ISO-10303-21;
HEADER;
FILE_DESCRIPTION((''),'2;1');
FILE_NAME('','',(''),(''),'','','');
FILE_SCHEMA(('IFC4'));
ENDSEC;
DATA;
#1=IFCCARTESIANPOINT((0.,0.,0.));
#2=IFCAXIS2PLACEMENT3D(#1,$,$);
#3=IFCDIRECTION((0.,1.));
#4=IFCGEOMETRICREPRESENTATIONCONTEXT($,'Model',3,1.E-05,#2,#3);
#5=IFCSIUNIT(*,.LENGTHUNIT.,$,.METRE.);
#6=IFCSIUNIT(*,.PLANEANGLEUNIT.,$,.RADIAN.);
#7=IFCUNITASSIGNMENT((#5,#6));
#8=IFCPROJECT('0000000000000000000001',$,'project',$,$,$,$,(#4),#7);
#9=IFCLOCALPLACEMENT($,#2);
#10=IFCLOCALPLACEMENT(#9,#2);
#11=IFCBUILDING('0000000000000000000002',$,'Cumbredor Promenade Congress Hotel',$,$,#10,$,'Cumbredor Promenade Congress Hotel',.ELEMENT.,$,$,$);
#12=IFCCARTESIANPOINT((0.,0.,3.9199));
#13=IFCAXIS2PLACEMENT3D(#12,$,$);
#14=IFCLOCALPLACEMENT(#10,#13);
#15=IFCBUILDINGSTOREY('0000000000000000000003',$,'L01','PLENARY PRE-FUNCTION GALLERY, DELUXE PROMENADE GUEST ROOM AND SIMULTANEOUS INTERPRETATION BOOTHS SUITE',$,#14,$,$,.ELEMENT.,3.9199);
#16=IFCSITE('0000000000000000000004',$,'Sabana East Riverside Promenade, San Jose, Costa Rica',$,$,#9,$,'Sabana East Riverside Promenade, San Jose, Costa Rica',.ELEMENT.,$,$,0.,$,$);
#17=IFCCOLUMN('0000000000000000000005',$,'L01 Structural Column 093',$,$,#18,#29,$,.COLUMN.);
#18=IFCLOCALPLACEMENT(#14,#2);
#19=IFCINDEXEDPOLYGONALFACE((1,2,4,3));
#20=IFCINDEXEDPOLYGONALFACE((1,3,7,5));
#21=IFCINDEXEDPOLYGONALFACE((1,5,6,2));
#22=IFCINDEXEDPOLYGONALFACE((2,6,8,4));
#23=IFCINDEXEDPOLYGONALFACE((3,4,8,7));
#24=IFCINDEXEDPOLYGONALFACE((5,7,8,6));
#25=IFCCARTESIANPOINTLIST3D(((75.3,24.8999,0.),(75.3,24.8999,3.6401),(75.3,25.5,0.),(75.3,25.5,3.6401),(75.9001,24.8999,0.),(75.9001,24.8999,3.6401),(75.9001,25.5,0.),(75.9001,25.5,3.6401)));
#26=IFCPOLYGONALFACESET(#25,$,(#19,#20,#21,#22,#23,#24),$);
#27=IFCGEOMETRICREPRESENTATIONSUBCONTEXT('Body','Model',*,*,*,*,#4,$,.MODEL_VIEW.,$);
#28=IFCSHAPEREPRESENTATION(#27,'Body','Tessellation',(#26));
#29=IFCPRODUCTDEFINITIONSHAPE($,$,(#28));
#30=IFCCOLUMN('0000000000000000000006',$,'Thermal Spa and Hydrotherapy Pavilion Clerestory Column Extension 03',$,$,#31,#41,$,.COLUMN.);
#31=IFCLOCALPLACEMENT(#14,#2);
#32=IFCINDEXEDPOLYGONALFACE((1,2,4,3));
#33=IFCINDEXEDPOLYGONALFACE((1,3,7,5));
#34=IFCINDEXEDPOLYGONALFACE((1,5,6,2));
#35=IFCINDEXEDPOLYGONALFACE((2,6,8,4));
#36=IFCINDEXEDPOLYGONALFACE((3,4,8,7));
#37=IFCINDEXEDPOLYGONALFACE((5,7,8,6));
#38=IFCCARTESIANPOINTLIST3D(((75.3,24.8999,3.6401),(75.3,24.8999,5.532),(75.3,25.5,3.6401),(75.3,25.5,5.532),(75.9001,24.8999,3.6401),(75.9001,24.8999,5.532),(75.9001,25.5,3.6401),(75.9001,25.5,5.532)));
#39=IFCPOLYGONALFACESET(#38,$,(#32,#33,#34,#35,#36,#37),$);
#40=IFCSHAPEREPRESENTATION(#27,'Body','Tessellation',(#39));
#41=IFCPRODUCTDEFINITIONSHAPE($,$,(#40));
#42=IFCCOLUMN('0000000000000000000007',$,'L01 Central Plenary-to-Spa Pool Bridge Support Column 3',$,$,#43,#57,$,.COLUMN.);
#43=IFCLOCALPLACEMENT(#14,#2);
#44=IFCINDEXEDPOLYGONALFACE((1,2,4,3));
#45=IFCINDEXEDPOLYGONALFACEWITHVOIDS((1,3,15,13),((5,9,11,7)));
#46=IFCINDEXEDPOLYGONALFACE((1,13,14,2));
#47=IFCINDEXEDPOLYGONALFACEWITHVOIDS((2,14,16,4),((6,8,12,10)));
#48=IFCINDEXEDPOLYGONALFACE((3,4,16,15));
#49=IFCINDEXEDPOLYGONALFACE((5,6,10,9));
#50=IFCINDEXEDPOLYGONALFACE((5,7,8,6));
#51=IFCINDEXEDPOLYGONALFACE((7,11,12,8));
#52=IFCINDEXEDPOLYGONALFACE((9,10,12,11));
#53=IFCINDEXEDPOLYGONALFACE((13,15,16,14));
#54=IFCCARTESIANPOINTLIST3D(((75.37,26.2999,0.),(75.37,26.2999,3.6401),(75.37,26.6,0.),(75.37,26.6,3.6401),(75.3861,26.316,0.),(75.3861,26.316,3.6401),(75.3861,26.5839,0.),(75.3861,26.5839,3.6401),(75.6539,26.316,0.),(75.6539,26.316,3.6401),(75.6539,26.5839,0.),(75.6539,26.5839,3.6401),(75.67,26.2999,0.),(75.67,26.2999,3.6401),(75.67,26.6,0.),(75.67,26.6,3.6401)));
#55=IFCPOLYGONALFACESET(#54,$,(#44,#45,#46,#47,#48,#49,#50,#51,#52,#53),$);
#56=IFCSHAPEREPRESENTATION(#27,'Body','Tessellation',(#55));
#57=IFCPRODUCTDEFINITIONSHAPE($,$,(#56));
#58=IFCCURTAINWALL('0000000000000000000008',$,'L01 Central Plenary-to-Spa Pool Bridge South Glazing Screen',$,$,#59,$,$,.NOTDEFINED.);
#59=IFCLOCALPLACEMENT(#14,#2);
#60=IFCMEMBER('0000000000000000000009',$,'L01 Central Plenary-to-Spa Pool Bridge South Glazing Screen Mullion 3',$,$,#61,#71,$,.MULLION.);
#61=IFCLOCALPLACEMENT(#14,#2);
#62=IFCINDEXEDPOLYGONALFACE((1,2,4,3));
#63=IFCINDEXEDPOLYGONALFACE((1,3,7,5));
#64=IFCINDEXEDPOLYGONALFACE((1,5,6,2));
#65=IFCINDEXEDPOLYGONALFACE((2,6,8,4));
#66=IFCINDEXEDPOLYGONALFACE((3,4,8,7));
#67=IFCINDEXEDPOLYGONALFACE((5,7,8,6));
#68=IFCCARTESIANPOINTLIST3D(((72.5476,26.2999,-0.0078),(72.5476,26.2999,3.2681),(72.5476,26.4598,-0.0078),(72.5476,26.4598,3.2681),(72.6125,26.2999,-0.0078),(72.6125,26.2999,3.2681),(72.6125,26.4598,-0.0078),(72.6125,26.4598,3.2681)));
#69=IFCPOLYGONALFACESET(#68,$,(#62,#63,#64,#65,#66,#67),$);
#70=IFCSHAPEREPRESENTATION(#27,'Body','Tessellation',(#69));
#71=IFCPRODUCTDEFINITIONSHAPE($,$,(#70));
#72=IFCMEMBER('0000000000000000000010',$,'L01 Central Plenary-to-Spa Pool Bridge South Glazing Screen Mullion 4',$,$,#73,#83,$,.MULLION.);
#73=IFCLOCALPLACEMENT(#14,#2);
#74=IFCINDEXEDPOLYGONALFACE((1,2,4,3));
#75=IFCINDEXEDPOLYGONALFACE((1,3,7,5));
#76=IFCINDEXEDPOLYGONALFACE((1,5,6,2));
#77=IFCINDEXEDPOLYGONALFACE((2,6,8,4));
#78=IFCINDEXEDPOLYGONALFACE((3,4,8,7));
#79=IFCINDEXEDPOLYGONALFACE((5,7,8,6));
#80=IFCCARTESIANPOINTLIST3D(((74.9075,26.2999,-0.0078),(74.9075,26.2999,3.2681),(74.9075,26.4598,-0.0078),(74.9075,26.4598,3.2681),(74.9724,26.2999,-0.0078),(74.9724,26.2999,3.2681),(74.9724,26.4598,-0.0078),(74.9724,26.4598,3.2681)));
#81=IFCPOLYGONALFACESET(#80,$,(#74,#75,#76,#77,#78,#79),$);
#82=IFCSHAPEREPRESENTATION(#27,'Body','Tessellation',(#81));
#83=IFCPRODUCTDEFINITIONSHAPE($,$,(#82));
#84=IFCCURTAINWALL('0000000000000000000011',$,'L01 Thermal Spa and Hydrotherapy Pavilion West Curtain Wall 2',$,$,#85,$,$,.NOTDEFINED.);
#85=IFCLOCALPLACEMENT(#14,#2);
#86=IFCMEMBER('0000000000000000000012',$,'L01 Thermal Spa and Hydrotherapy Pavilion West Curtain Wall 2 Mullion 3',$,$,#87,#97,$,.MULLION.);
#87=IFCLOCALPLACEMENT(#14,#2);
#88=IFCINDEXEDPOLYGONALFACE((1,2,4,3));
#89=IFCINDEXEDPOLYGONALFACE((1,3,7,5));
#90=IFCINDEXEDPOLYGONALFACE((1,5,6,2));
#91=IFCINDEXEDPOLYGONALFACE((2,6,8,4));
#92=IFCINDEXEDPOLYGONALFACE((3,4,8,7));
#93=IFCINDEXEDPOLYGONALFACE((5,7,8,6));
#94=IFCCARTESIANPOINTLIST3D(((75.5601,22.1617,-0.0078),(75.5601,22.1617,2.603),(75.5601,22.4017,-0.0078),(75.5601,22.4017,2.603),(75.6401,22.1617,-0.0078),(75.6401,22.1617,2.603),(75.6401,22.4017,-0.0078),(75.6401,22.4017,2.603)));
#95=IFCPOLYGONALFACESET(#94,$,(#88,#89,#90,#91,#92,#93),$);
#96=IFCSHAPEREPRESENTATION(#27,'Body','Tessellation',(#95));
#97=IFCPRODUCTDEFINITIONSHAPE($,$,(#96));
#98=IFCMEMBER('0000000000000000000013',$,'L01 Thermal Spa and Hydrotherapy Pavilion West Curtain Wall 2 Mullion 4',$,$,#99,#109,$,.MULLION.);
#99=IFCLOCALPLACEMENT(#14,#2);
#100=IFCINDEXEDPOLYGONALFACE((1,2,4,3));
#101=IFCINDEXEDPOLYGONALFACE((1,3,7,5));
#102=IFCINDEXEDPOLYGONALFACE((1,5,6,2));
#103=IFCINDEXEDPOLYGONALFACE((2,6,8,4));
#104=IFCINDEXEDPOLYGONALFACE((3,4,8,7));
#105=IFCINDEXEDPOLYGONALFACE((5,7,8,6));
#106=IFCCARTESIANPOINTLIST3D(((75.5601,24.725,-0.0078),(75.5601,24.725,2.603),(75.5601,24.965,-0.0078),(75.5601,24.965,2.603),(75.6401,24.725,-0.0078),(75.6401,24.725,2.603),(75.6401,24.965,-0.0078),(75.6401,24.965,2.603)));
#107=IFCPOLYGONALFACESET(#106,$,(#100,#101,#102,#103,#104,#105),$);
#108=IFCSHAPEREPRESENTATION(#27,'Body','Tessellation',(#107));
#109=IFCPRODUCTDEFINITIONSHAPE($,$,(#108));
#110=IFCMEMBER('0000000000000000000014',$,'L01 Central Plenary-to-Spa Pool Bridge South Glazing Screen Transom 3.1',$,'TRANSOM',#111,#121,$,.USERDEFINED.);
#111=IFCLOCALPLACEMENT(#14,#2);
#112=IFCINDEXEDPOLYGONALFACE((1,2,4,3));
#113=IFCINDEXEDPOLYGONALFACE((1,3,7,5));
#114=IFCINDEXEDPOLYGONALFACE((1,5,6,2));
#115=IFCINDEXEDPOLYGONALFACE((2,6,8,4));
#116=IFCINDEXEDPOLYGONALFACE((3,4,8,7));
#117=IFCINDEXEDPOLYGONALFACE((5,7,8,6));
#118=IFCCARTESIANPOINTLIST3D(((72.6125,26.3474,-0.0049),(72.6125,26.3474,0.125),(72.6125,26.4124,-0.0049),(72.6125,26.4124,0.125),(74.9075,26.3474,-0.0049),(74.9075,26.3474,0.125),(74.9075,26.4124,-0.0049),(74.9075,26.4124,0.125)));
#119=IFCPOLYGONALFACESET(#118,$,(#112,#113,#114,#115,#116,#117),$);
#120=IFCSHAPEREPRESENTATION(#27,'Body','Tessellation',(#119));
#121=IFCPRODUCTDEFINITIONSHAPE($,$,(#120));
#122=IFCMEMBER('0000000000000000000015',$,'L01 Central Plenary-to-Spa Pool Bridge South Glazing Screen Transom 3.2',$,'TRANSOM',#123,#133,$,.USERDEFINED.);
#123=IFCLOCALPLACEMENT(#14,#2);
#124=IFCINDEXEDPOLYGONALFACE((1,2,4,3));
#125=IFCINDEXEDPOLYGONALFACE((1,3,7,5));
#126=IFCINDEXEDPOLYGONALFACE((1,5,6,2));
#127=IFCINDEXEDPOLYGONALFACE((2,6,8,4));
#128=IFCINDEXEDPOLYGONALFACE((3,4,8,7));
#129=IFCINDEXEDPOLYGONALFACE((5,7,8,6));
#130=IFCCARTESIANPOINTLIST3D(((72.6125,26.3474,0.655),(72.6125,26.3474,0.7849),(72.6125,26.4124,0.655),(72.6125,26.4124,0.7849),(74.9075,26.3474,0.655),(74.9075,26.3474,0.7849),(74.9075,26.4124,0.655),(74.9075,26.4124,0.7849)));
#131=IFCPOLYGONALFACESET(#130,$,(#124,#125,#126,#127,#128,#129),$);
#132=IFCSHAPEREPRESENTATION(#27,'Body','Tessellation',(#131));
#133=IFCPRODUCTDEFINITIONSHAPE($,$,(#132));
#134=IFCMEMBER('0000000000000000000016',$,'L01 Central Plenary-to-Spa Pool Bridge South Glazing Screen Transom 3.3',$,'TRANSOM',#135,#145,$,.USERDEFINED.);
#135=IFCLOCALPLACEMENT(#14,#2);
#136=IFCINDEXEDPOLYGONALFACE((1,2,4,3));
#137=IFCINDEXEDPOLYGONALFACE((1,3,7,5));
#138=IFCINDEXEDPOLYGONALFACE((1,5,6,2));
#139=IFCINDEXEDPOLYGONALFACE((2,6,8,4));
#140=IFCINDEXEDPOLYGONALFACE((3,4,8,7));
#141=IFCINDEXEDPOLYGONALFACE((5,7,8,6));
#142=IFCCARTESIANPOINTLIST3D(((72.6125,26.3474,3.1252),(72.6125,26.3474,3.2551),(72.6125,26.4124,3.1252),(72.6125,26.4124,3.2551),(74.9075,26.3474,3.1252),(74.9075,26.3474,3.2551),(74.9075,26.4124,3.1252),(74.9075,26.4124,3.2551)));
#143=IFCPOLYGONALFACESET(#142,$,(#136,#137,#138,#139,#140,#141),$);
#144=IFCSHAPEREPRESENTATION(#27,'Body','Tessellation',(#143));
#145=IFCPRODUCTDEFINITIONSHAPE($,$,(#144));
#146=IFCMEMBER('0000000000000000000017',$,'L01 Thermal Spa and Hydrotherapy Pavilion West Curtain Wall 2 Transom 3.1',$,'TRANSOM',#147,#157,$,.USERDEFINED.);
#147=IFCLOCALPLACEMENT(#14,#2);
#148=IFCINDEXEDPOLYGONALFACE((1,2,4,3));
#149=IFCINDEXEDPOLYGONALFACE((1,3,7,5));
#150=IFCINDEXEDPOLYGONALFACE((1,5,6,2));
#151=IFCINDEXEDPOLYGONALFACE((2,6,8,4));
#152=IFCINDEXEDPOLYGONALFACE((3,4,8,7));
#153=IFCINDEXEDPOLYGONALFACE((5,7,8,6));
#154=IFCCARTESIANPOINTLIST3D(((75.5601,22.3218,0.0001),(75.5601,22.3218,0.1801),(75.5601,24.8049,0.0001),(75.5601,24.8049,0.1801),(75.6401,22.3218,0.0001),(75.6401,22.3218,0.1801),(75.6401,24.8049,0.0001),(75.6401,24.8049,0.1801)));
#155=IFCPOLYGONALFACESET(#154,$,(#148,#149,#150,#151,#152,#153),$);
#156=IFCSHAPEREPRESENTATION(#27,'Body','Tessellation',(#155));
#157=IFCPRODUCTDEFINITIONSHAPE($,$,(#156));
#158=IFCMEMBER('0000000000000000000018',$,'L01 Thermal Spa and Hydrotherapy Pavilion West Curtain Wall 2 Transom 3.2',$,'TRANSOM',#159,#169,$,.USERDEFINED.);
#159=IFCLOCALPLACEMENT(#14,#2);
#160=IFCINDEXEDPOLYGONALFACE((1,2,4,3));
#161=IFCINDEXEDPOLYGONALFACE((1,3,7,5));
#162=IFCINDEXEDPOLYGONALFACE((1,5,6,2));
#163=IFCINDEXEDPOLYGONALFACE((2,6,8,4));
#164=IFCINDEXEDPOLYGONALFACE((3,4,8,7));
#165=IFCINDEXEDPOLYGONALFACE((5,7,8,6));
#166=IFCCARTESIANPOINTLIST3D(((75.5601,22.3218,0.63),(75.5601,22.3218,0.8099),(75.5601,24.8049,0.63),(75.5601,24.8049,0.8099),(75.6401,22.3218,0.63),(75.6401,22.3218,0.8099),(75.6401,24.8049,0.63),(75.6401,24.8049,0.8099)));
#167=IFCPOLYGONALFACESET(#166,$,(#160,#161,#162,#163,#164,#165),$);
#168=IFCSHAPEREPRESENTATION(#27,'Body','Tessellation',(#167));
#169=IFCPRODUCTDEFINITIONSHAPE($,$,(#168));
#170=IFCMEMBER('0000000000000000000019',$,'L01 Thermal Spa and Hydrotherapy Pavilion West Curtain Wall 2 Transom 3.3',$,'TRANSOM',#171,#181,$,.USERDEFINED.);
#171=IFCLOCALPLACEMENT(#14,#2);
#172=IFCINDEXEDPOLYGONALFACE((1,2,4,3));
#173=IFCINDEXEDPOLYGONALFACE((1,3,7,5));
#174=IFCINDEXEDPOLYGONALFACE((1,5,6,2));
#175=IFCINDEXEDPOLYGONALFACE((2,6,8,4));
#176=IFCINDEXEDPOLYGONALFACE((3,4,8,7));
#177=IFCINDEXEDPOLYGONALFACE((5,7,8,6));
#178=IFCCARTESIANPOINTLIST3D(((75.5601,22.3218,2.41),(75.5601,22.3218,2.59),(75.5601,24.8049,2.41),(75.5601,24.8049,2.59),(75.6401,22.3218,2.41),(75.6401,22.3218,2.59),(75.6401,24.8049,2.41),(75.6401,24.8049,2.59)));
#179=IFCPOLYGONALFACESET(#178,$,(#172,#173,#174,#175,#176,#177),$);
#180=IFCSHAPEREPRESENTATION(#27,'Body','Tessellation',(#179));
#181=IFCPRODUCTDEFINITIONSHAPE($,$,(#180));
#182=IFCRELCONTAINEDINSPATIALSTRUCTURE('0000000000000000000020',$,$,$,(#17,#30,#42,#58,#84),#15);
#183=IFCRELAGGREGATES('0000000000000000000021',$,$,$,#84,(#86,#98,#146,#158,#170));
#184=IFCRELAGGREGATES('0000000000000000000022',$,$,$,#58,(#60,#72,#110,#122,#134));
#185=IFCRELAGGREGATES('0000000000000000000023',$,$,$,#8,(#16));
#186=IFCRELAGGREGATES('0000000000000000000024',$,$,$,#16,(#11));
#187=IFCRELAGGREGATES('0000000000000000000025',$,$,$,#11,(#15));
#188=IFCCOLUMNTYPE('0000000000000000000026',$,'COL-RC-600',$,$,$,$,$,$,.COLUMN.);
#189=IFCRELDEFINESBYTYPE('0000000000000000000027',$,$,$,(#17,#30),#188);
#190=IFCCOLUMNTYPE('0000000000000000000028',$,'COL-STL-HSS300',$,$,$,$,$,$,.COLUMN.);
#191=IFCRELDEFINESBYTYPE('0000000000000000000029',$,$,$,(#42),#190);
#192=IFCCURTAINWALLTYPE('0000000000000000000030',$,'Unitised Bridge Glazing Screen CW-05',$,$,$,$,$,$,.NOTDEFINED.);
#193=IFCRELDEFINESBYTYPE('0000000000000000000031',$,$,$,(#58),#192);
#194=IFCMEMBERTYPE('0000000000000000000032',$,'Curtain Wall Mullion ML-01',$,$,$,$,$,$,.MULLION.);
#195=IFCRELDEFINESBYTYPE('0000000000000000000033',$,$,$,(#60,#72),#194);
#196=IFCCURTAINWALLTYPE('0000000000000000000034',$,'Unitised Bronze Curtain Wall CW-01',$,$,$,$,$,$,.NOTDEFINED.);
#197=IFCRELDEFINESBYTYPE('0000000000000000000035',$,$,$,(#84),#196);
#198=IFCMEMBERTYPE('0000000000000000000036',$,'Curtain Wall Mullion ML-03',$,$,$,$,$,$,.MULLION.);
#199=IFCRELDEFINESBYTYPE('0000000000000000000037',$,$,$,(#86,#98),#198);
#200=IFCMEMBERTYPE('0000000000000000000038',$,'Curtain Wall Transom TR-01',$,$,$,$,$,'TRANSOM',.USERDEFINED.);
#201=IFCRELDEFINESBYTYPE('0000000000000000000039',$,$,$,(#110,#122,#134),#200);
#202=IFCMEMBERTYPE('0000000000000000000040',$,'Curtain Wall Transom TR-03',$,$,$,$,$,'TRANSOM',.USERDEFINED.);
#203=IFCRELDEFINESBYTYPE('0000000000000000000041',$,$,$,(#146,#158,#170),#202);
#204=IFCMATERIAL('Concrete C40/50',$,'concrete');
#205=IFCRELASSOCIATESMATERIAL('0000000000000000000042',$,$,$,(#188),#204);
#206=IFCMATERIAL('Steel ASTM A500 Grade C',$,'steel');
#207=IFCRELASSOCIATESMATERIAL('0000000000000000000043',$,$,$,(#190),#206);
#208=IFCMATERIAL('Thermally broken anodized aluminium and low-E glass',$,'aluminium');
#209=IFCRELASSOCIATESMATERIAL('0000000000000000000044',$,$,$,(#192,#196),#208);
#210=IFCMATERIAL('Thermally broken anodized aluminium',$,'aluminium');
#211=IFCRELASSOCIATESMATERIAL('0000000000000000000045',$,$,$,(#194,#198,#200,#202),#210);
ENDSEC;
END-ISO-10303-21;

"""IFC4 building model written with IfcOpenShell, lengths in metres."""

from ifc_helpers import new_model, si_unit, direction, frame, origin, origin_2d, place, context, subcontext, project, spatial, rectangle, hollow_rectangle, extrude, material, material_profile, profile_set, type_object, element, aggregate, save


model = new_model("IFC4")

# Units and contexts
model_context = context("Model", 3, precision=1e-05, world=origin(), true_north=direction((0.0, 1.0)))
body_context = subcontext(model_context, "Body", "Model", "MODEL_VIEW")
ifc_project = project(units=[si_unit("LENGTHUNIT", "METRE"), si_unit("PLANEANGLEUNIT", "RADIAN")], contexts=[model_context])

# Site, building, storey
site_placement = place(None, origin())
site = spatial("IfcSite", under=ifc_project, at=site_placement, Name="Sabana East Riverside Promenade, San Jose, Costa Rica", LongName="Sabana East Riverside Promenade, San Jose, Costa Rica", CompositionType="ELEMENT", RefElevation=0.0)
building_placement = place(site_placement, origin())
building = spatial("IfcBuilding", under=site, at=building_placement, Name="Cumbredor Promenade Congress Hotel", LongName="Cumbredor Promenade Congress Hotel", CompositionType="ELEMENT")
storey_placement = place(building_placement, frame((0.0, 0.0, 3.9199)))
storey = spatial("IfcBuildingStorey", under=building, at=storey_placement, Name="L01", Description="PLENARY PRE-FUNCTION GALLERY, DELUXE PROMENADE GUEST ROOM AND SIMULTANEOUS INTERPRETATION BOOTHS SUITE", CompositionType="ELEMENT", Elevation=3.9199)

# Columns
ifc_material_1 = material(Name="Concrete C40/50", Category="concrete")
ifc_material_profile_1 = material_profile(ifc_material_1, rectangle(XDim=0.6001, YDim=0.6001, at=origin_2d()), Name="RC 600x600")
ifc_profile_set_1 = profile_set([ifc_material_profile_1], Name="Concrete C40/50")
column_type_1 = type_object("IfcColumnType", Name="COL-RC-600", PredefinedType="COLUMN", material=ifc_profile_set_1)
column_1_placement = place(storey_placement, frame((75.6001, 25.2, 0.0), z_axis=(0.0, 0.0, 1.0), x_axis=(1.0, 0.0, 0.0)))
element("IfcColumn", 1, at=column_1_placement, inside=storey, type_object=column_type_1, Name="L01 Structural Column 093", PredefinedType="COLUMN", context=body_context, shape_type="SweptSolid", body=[
    extrude(rectangle(XDim=0.6001, YDim=0.6001, at=origin_2d()), origin(), (0.0, 0.0, 1.0), 3.6401),
])
column_2_placement = place(storey_placement, frame((75.6001, 25.2, 3.6401), z_axis=(0.0, 0.0, 1.0), x_axis=(1.0, 0.0, 0.0)))
element("IfcColumn", 2, at=column_2_placement, inside=storey, type_object=column_type_1, Name="Thermal Spa and Hydrotherapy Pavilion Clerestory Column Extension 03", PredefinedType="COLUMN", context=body_context, shape_type="SweptSolid", body=[
    extrude(rectangle(XDim=0.6001, YDim=0.6001, at=origin_2d()), origin(), (0.0, 0.0, 1.0), 1.8918),
])
ifc_material_2 = material(Name="Steel ASTM A500 Grade C", Category="steel")
ifc_material_profile_2 = material_profile(ifc_material_2, hollow_rectangle(XDim=0.3, YDim=0.3, WallThickness=0.0161, at=origin_2d()), Name="HSS 300x300x16")
ifc_profile_set_2 = profile_set([ifc_material_profile_2], Name="Steel ASTM A500 Grade C")
column_type_2 = type_object("IfcColumnType", Name="COL-STL-HSS300", PredefinedType="COLUMN", material=ifc_profile_set_2)
column_3_placement = place(storey_placement, frame((75.52, 26.45, 0.0), z_axis=(0.0, 0.0, 1.0), x_axis=(1.0, 0.0, 0.0)))
element("IfcColumn", 3, at=column_3_placement, inside=storey, type_object=column_type_2, Name="L01 Central Plenary-to-Spa Pool Bridge Support Column 3", PredefinedType="COLUMN", context=body_context, shape_type="SweptSolid", body=[
    extrude(hollow_rectangle(XDim=0.3, YDim=0.3, WallThickness=0.0161, at=origin_2d()), origin(), (0.0, 0.0, 1.0), 3.6401),
])

# Curtain walls, members
ifc_material_3 = material(Name="Thermally broken anodized aluminium and low-E glass", Category="aluminium")
curtain_wall_type_1 = type_object("IfcCurtainWallType", Name="Unitised Bridge Glazing Screen CW-05", PredefinedType="NOTDEFINED", material=ifc_material_3)
curtain_wall_1_placement = place(storey_placement, origin())
curtain_wall_1 = element("IfcCurtainWall", 4, at=curtain_wall_1_placement, inside=storey, type_object=curtain_wall_type_1, Name="L01 Central Plenary-to-Spa Pool Bridge South Glazing Screen", PredefinedType="NOTDEFINED")
ifc_material_4 = material(Name="Thermally broken anodized aluminium", Category="aluminium")
ifc_material_profile_3 = material_profile(ifc_material_4, rectangle(XDim=0.0649, YDim=0.1599, at=origin_2d()), Name="ALU MULLION 65x160")
ifc_profile_set_3 = profile_set([ifc_material_profile_3], Name="Thermally broken anodized aluminium")
member_type_1 = type_object("IfcMemberType", Name="Curtain Wall Mullion ML-01", PredefinedType="MULLION", material=ifc_profile_set_3)
member_1_placement = place(storey_placement, frame((72.5801, 26.3799, -0.0078), z_axis=(0.0, 0.0, 1.0), x_axis=(1.0, 0.0, 0.0)))
member_1 = element("IfcMember", 5, at=member_1_placement, type_object=member_type_1, Name="L01 Central Plenary-to-Spa Pool Bridge South Glazing Screen Mullion 3", PredefinedType="MULLION", context=body_context, shape_type="SweptSolid", body=[
    extrude(rectangle(XDim=0.0649, YDim=0.1599, at=origin_2d()), origin(), (0.0, 0.0, 1.0), 3.2759),
])
member_2_placement = place(storey_placement, frame((74.9399, 26.3799, -0.0078), z_axis=(0.0, 0.0, 1.0), x_axis=(1.0, 0.0, 0.0)))
member_2 = element("IfcMember", 6, at=member_2_placement, type_object=member_type_1, Name="L01 Central Plenary-to-Spa Pool Bridge South Glazing Screen Mullion 4", PredefinedType="MULLION", context=body_context, shape_type="SweptSolid", body=[
    extrude(rectangle(XDim=0.0649, YDim=0.1599, at=origin_2d()), origin(), (0.0, 0.0, 1.0), 3.2759),
])
curtain_wall_type_2 = type_object("IfcCurtainWallType", Name="Unitised Bronze Curtain Wall CW-01", PredefinedType="NOTDEFINED", material=ifc_material_3)
curtain_wall_2_placement = place(storey_placement, origin())
curtain_wall_2 = element("IfcCurtainWall", 7, at=curtain_wall_2_placement, inside=storey, type_object=curtain_wall_type_2, Name="L01 Thermal Spa and Hydrotherapy Pavilion West Curtain Wall 2", PredefinedType="NOTDEFINED")
ifc_material_profile_4 = material_profile(ifc_material_4, rectangle(XDim=0.0801, YDim=0.24, at=origin_2d()), Name="ALU MULLION 80x240")
ifc_profile_set_4 = profile_set([ifc_material_profile_4], Name="Thermally broken anodized aluminium")
member_type_2 = type_object("IfcMemberType", Name="Curtain Wall Mullion ML-03", PredefinedType="MULLION", material=ifc_profile_set_4)
member_3_placement = place(storey_placement, frame((75.6001, 22.2817, -0.0078), z_axis=(0.0, 0.0, 1.0), x_axis=(1.0, 0.0, 0.0)))
member_3 = element("IfcMember", 8, at=member_3_placement, type_object=member_type_2, Name="L01 Thermal Spa and Hydrotherapy Pavilion West Curtain Wall 2 Mullion 3", PredefinedType="MULLION", context=body_context, shape_type="SweptSolid", body=[
    extrude(rectangle(XDim=0.0801, YDim=0.24, at=origin_2d()), origin(), (0.0, 0.0, 1.0), 2.6108),
])
member_4_placement = place(storey_placement, frame((75.6001, 24.845, -0.0078), z_axis=(0.0, 0.0, 1.0), x_axis=(1.0, 0.0, 0.0)))
member_4 = element("IfcMember", 9, at=member_4_placement, type_object=member_type_2, Name="L01 Thermal Spa and Hydrotherapy Pavilion West Curtain Wall 2 Mullion 4", PredefinedType="MULLION", context=body_context, shape_type="SweptSolid", body=[
    extrude(rectangle(XDim=0.0801, YDim=0.24, at=origin_2d()), origin(), (0.0, 0.0, 1.0), 2.6108),
])

# Members
ifc_material_profile_5 = material_profile(ifc_material_4, rectangle(XDim=0.0649, YDim=0.1299, at=origin_2d()), Name="ALU TRANSOM 65x130")
ifc_profile_set_5 = profile_set([ifc_material_profile_5], Name="Thermally broken anodized aluminium")
member_type_3 = type_object("IfcMemberType", Name="Curtain Wall Transom TR-01", ElementType="TRANSOM", PredefinedType="USERDEFINED", material=ifc_profile_set_5)
member_5_placement = place(storey_placement, frame((72.6125, 26.3799, 0.0601), z_axis=(1.0, 0.0, 0.0), x_axis=(0.0, 1.0, 0.0)))
member_5 = element("IfcMember", 10, at=member_5_placement, type_object=member_type_3, Name="L01 Central Plenary-to-Spa Pool Bridge South Glazing Screen Transom 3.1", ObjectType="TRANSOM", PredefinedType="USERDEFINED", context=body_context, shape_type="SweptSolid", body=[
    extrude(rectangle(XDim=0.0649, YDim=0.1299, at=origin_2d()), origin(), (0.0, 0.0, 1.0), 2.2949),
])
member_6_placement = place(storey_placement, frame((72.6125, 26.3799, 0.72), z_axis=(1.0, 0.0, 0.0), x_axis=(0.0, 1.0, 0.0)))
member_6 = element("IfcMember", 11, at=member_6_placement, type_object=member_type_3, Name="L01 Central Plenary-to-Spa Pool Bridge South Glazing Screen Transom 3.2", ObjectType="TRANSOM", PredefinedType="USERDEFINED", context=body_context, shape_type="SweptSolid", body=[
    extrude(rectangle(XDim=0.0649, YDim=0.1299, at=origin_2d()), origin(), (0.0, 0.0, 1.0), 2.2949),
])
member_7_placement = place(storey_placement, frame((72.6125, 26.3799, 3.1902), z_axis=(1.0, 0.0, 0.0), x_axis=(0.0, 1.0, 0.0)))
member_7 = element("IfcMember", 12, at=member_7_placement, type_object=member_type_3, Name="L01 Central Plenary-to-Spa Pool Bridge South Glazing Screen Transom 3.3", ObjectType="TRANSOM", PredefinedType="USERDEFINED", context=body_context, shape_type="SweptSolid", body=[
    extrude(rectangle(XDim=0.0649, YDim=0.1299, at=origin_2d()), origin(), (0.0, 0.0, 1.0), 2.2949),
])
ifc_material_profile_6 = material_profile(ifc_material_4, rectangle(XDim=0.0801, YDim=0.1799, at=origin_2d()), Name="ALU TRANSOM 80x180")
ifc_profile_set_6 = profile_set([ifc_material_profile_6], Name="Thermally broken anodized aluminium")
member_type_4 = type_object("IfcMemberType", Name="Curtain Wall Transom TR-03", ElementType="TRANSOM", PredefinedType="USERDEFINED", material=ifc_profile_set_6)
member_8_placement = place(storey_placement, frame((75.6001, 22.3218, 0.0901), z_axis=(0.0, 1.0, 0.0), x_axis=(-1.0, 0.0, 0.0)))
member_8 = element("IfcMember", 13, at=member_8_placement, type_object=member_type_4, Name="L01 Thermal Spa and Hydrotherapy Pavilion West Curtain Wall 2 Transom 3.1", ObjectType="TRANSOM", PredefinedType="USERDEFINED", context=body_context, shape_type="SweptSolid", body=[
    extrude(rectangle(XDim=0.0801, YDim=0.1799, at=origin_2d()), origin(), (0.0, 0.0, 1.0), 2.4832),
])
member_9_placement = place(storey_placement, frame((75.6001, 22.3218, 0.72), z_axis=(0.0, 1.0, 0.0), x_axis=(-1.0, 0.0, 0.0)))
member_9 = element("IfcMember", 14, at=member_9_placement, type_object=member_type_4, Name="L01 Thermal Spa and Hydrotherapy Pavilion West Curtain Wall 2 Transom 3.2", ObjectType="TRANSOM", PredefinedType="USERDEFINED", context=body_context, shape_type="SweptSolid", body=[
    extrude(rectangle(XDim=0.0801, YDim=0.1799, at=origin_2d()), origin(), (0.0, 0.0, 1.0), 2.4832),
])
member_10_placement = place(storey_placement, frame((75.6001, 22.3218, 2.5), z_axis=(0.0, 1.0, 0.0), x_axis=(-1.0, 0.0, 0.0)))
member_10 = element("IfcMember", 15, at=member_10_placement, type_object=member_type_4, Name="L01 Thermal Spa and Hydrotherapy Pavilion West Curtain Wall 2 Transom 3.3", ObjectType="TRANSOM", PredefinedType="USERDEFINED", context=body_context, shape_type="SweptSolid", body=[
    extrude(rectangle(XDim=0.0801, YDim=0.1799, at=origin_2d()), origin(), (0.0, 0.0, 1.0), 2.4832),
])

aggregate(curtain_wall_2, [member_3, member_4, member_8, member_9, member_10])
aggregate(curtain_wall_1, [member_1, member_2, member_5, member_6, member_7])

save(model, "model.ifc")
